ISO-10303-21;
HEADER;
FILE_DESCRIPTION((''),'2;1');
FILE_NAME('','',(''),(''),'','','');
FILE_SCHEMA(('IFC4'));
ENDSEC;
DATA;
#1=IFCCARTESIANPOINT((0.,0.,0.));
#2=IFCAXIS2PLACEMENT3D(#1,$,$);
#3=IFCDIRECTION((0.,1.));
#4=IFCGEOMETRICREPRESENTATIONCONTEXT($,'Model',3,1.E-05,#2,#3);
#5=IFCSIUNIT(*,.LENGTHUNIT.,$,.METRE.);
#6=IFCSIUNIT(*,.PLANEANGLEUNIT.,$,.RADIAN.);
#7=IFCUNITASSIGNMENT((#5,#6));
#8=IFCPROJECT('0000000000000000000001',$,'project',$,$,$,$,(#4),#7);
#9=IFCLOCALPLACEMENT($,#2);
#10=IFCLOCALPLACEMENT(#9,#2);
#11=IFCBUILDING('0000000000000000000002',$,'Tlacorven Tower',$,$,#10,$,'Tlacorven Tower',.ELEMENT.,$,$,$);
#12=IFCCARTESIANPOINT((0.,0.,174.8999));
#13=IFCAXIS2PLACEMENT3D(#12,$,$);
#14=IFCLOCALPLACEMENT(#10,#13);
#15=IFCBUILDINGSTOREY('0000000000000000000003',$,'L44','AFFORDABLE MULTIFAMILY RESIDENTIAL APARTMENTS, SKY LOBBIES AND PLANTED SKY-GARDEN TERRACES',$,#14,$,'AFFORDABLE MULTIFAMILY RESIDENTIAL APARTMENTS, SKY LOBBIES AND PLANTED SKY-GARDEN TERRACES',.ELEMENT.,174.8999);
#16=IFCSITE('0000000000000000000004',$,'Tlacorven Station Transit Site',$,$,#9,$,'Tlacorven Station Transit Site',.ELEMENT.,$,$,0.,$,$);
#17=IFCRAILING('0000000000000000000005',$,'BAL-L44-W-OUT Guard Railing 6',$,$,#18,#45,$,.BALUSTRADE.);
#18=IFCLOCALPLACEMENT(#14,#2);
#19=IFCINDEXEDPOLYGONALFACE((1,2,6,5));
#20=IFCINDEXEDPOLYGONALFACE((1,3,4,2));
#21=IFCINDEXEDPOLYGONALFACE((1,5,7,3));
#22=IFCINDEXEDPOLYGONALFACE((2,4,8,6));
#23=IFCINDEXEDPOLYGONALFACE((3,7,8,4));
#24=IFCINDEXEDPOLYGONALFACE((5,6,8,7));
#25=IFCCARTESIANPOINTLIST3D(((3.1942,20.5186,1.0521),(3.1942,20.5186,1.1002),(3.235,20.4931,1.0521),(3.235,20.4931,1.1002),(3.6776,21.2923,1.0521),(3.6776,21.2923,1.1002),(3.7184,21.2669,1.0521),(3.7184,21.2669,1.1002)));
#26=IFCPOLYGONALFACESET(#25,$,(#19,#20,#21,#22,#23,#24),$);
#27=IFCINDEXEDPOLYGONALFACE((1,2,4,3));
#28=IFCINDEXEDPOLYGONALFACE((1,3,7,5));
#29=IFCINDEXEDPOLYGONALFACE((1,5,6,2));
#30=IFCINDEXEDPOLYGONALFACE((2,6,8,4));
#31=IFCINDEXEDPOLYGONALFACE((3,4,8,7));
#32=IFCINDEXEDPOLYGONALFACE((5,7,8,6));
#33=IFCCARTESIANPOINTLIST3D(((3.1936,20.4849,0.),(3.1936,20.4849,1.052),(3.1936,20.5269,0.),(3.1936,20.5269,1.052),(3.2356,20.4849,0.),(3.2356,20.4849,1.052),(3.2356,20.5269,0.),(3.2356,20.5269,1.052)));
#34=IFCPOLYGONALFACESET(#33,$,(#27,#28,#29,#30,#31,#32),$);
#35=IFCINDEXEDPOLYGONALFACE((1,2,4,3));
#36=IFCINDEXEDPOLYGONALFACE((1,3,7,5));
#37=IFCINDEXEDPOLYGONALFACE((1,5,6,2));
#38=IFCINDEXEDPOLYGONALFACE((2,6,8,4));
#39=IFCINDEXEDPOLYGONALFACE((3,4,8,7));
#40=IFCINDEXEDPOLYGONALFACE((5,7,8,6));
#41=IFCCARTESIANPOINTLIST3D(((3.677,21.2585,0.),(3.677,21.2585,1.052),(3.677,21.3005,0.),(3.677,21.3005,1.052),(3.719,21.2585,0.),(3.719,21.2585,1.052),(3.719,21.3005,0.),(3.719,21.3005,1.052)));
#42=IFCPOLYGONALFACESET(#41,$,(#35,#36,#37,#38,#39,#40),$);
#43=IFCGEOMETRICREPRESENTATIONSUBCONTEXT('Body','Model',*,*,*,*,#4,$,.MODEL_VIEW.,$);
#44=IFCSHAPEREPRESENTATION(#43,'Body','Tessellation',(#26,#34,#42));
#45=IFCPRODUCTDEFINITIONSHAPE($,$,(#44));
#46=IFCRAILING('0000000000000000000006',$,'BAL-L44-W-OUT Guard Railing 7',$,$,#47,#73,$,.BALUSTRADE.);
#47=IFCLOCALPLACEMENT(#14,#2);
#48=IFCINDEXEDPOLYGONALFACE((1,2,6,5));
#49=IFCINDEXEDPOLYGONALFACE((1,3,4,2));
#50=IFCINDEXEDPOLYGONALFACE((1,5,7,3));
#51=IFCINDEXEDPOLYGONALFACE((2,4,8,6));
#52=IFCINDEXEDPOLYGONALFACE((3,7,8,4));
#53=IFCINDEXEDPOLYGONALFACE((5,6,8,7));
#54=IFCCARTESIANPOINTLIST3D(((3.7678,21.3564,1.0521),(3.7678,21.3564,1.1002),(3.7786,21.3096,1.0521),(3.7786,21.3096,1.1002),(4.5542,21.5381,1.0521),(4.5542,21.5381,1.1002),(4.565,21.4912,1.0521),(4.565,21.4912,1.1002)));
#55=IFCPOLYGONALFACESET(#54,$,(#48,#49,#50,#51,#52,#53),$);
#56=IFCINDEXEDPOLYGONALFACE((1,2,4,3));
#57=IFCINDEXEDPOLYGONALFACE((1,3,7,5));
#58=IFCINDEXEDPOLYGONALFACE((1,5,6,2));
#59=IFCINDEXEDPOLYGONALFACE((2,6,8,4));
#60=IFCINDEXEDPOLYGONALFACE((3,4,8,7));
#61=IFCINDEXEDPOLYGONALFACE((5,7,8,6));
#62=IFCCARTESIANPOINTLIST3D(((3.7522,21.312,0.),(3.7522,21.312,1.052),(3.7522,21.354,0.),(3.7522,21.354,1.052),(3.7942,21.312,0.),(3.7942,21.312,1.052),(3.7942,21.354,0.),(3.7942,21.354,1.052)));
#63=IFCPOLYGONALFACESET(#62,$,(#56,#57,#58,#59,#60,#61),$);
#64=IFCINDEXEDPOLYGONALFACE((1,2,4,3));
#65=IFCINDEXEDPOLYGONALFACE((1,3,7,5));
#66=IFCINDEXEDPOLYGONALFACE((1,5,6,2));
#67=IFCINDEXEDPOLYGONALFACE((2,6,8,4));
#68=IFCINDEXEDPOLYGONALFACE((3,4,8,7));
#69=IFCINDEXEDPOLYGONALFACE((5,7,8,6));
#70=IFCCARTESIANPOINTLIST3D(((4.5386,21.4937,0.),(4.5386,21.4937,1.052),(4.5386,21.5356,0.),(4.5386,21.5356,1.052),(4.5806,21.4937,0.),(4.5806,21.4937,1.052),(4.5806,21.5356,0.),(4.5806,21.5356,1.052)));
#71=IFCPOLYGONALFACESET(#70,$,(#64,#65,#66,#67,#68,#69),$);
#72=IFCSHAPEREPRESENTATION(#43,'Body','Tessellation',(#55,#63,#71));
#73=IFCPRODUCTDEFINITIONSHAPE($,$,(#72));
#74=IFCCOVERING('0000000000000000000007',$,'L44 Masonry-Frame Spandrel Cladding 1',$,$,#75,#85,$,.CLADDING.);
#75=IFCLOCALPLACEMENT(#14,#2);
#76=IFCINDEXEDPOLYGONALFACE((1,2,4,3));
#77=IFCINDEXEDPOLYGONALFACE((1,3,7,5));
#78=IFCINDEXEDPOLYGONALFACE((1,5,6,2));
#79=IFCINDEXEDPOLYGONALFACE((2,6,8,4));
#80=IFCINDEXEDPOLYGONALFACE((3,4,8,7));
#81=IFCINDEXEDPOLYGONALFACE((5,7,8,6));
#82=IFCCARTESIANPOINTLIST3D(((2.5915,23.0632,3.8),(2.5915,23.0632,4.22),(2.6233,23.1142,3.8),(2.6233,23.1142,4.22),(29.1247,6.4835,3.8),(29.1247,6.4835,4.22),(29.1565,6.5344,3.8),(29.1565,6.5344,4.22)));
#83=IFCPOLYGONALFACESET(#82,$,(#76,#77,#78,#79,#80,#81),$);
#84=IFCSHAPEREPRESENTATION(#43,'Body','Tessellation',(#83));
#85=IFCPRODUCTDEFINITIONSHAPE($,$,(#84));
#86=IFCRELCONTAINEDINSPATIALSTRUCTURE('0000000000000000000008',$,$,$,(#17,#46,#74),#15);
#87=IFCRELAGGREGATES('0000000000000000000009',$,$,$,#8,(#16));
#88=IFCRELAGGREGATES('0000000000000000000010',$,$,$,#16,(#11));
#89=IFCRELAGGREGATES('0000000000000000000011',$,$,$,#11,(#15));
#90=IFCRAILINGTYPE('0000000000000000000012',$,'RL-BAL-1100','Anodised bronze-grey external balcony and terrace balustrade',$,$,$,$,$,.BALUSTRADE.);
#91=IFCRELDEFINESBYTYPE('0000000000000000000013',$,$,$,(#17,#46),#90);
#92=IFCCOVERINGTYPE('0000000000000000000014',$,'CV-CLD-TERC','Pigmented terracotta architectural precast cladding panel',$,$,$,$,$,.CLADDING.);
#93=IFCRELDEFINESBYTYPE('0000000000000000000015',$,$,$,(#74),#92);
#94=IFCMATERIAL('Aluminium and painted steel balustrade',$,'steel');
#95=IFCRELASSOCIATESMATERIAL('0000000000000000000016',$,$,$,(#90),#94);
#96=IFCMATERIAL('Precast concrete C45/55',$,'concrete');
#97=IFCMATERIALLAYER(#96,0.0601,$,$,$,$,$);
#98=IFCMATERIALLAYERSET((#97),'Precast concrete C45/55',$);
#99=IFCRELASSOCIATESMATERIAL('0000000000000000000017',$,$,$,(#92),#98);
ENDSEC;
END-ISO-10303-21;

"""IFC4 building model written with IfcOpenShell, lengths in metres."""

from ifc_helpers import new_model, si_unit, direction, frame, origin, origin_2d, place, context, subcontext, project, spatial, rectangle, extrude, source, transform, mapped, material, layer, layer_set, type_object, element, save


model = new_model("IFC4")

# Units and contexts
model_context = context("Model", 3, precision=1e-05, world=origin(), true_north=direction((0.0, 1.0)))
body_context = subcontext(model_context, "Body", "Model", "MODEL_VIEW")
ifc_project = project(units=[si_unit("LENGTHUNIT", "METRE"), si_unit("PLANEANGLEUNIT", "RADIAN")], contexts=[model_context])

# Site, building, storey
site_placement = place(None, origin())
site = spatial("IfcSite", under=ifc_project, at=site_placement, Name="Tlacorven Station Transit Site", LongName="Tlacorven Station Transit Site", CompositionType="ELEMENT", RefElevation=0.0)
building_placement = place(site_placement, origin())
building = spatial("IfcBuilding", under=site, at=building_placement, Name="Tlacorven Tower", LongName="Tlacorven Tower", CompositionType="ELEMENT")
storey_placement = place(building_placement, frame((0.0, 0.0, 174.8999)))
storey = spatial("IfcBuildingStorey", under=building, at=storey_placement, Name="L44", Description="AFFORDABLE MULTIFAMILY RESIDENTIAL APARTMENTS, SKY LOBBIES AND PLANTED SKY-GARDEN TERRACES", LongName="AFFORDABLE MULTIFAMILY RESIDENTIAL APARTMENTS, SKY LOBBIES AND PLANTED SKY-GARDEN TERRACES", CompositionType="ELEMENT", Elevation=174.8999)

# Shared definitions
ifc_material_1 = material(Name="Precast concrete C45/55", Category="concrete")

# Railings
ifc_material_2 = material(Name="Aluminium and painted steel balustrade", Category="steel")
railing_type = type_object("IfcRailingType", Name="RL-BAL-1100", Description="Anodised bronze-grey external balcony and terrace balustrade", PredefinedType="BALUSTRADE", material=ifc_material_2)
shared_shape_1 = source(origin(), body_context, "Body", "SweptSolid", [
    extrude(rectangle(XDim=0.0481, YDim=0.0481, at=origin_2d()), frame((0.0, 0.0, 1.0762), z_axis=(0.529879, 0.848073, 0.0), x_axis=(-0.848073, 0.529879, 0.0)), (0.0, 0.0, 1.0), 0.9124),
    extrude(rectangle(XDim=0.042, YDim=0.042, at=origin_2d()), origin(), (0.0, 0.0, 1.0), 1.052),
    extrude(rectangle(XDim=0.042, YDim=0.042, at=origin_2d()), frame((0.4834, 0.7737, 0.0)), (0.0, 0.0, 1.0), 1.052),
])
railing_1_placement = place(storey_placement, frame((3.2146, 20.5059, 0.0)))
element("IfcRailing", 1, at=railing_1_placement, inside=storey, type_object=railing_type, Name="BAL-L44-W-OUT Guard Railing 6", PredefinedType="BALUSTRADE", context=body_context, shape_type="MappedRepresentation", body=[
    mapped(shared_shape_1, transform((0.0, 0.0, 0.0), scale=1.0)),
])
shared_shape_2 = source(origin(), body_context, "Body", "SweptSolid", [
    extrude(rectangle(XDim=0.0481, YDim=0.0481, at=origin_2d()), frame((0.0, 0.0, 1.0762), z_axis=(0.974345, 0.225058, 0.0), x_axis=(-0.225058, 0.974345, 0.0)), (0.0, 0.0, 1.0), 0.8071),
    extrude(rectangle(XDim=0.042, YDim=0.042, at=origin_2d()), origin(), (0.0, 0.0, 1.0), 1.052),
    extrude(rectangle(XDim=0.042, YDim=0.042, at=origin_2d()), frame((0.7864, 0.1816, 0.0)), (0.0, 0.0, 1.0), 1.052),
])
railing_2_placement = place(storey_placement, frame((3.7732, 21.333, 0.0)))
element("IfcRailing", 2, at=railing_2_placement, inside=storey, type_object=railing_type, Name="BAL-L44-W-OUT Guard Railing 7", PredefinedType="BALUSTRADE", context=body_context, shape_type="MappedRepresentation", body=[
    mapped(shared_shape_2, transform((0.0, 0.0, 0.0), scale=1.0)),
])

# Covering
ifc_layer_1 = layer(ifc_material_1, 0.0601)
ifc_layer_set_1 = layer_set([ifc_layer_1], Name="Precast concrete C45/55")
covering_type = type_object("IfcCoveringType", Name="CV-CLD-TERC", Description="Pigmented terracotta architectural precast cladding panel", PredefinedType="CLADDING", material=ifc_layer_set_1)
shared_shape_3 = source(origin(), body_context, "Body", "SweptSolid", [
    extrude(rectangle(XDim=31.2874, YDim=0.0601, at=origin_2d()), origin(), (0.0, 0.0, 1.0), 0.4199),
])
covering_placement = place(storey_placement, frame((15.874, 14.7988, 3.8), z_axis=(0.0, 0.0, 1.0), x_axis=(-0.848048, 0.529919, 0.0)))
element("IfcCovering", 3, at=covering_placement, inside=storey, type_object=covering_type, Name="L44 Masonry-Frame Spandrel Cladding 1", PredefinedType="CLADDING", context=body_context, shape_type="MappedRepresentation", body=[
    mapped(shared_shape_3, transform((0.0, 0.0, 0.0), scale=1.0)),
])

save(model, "model.ifc")
